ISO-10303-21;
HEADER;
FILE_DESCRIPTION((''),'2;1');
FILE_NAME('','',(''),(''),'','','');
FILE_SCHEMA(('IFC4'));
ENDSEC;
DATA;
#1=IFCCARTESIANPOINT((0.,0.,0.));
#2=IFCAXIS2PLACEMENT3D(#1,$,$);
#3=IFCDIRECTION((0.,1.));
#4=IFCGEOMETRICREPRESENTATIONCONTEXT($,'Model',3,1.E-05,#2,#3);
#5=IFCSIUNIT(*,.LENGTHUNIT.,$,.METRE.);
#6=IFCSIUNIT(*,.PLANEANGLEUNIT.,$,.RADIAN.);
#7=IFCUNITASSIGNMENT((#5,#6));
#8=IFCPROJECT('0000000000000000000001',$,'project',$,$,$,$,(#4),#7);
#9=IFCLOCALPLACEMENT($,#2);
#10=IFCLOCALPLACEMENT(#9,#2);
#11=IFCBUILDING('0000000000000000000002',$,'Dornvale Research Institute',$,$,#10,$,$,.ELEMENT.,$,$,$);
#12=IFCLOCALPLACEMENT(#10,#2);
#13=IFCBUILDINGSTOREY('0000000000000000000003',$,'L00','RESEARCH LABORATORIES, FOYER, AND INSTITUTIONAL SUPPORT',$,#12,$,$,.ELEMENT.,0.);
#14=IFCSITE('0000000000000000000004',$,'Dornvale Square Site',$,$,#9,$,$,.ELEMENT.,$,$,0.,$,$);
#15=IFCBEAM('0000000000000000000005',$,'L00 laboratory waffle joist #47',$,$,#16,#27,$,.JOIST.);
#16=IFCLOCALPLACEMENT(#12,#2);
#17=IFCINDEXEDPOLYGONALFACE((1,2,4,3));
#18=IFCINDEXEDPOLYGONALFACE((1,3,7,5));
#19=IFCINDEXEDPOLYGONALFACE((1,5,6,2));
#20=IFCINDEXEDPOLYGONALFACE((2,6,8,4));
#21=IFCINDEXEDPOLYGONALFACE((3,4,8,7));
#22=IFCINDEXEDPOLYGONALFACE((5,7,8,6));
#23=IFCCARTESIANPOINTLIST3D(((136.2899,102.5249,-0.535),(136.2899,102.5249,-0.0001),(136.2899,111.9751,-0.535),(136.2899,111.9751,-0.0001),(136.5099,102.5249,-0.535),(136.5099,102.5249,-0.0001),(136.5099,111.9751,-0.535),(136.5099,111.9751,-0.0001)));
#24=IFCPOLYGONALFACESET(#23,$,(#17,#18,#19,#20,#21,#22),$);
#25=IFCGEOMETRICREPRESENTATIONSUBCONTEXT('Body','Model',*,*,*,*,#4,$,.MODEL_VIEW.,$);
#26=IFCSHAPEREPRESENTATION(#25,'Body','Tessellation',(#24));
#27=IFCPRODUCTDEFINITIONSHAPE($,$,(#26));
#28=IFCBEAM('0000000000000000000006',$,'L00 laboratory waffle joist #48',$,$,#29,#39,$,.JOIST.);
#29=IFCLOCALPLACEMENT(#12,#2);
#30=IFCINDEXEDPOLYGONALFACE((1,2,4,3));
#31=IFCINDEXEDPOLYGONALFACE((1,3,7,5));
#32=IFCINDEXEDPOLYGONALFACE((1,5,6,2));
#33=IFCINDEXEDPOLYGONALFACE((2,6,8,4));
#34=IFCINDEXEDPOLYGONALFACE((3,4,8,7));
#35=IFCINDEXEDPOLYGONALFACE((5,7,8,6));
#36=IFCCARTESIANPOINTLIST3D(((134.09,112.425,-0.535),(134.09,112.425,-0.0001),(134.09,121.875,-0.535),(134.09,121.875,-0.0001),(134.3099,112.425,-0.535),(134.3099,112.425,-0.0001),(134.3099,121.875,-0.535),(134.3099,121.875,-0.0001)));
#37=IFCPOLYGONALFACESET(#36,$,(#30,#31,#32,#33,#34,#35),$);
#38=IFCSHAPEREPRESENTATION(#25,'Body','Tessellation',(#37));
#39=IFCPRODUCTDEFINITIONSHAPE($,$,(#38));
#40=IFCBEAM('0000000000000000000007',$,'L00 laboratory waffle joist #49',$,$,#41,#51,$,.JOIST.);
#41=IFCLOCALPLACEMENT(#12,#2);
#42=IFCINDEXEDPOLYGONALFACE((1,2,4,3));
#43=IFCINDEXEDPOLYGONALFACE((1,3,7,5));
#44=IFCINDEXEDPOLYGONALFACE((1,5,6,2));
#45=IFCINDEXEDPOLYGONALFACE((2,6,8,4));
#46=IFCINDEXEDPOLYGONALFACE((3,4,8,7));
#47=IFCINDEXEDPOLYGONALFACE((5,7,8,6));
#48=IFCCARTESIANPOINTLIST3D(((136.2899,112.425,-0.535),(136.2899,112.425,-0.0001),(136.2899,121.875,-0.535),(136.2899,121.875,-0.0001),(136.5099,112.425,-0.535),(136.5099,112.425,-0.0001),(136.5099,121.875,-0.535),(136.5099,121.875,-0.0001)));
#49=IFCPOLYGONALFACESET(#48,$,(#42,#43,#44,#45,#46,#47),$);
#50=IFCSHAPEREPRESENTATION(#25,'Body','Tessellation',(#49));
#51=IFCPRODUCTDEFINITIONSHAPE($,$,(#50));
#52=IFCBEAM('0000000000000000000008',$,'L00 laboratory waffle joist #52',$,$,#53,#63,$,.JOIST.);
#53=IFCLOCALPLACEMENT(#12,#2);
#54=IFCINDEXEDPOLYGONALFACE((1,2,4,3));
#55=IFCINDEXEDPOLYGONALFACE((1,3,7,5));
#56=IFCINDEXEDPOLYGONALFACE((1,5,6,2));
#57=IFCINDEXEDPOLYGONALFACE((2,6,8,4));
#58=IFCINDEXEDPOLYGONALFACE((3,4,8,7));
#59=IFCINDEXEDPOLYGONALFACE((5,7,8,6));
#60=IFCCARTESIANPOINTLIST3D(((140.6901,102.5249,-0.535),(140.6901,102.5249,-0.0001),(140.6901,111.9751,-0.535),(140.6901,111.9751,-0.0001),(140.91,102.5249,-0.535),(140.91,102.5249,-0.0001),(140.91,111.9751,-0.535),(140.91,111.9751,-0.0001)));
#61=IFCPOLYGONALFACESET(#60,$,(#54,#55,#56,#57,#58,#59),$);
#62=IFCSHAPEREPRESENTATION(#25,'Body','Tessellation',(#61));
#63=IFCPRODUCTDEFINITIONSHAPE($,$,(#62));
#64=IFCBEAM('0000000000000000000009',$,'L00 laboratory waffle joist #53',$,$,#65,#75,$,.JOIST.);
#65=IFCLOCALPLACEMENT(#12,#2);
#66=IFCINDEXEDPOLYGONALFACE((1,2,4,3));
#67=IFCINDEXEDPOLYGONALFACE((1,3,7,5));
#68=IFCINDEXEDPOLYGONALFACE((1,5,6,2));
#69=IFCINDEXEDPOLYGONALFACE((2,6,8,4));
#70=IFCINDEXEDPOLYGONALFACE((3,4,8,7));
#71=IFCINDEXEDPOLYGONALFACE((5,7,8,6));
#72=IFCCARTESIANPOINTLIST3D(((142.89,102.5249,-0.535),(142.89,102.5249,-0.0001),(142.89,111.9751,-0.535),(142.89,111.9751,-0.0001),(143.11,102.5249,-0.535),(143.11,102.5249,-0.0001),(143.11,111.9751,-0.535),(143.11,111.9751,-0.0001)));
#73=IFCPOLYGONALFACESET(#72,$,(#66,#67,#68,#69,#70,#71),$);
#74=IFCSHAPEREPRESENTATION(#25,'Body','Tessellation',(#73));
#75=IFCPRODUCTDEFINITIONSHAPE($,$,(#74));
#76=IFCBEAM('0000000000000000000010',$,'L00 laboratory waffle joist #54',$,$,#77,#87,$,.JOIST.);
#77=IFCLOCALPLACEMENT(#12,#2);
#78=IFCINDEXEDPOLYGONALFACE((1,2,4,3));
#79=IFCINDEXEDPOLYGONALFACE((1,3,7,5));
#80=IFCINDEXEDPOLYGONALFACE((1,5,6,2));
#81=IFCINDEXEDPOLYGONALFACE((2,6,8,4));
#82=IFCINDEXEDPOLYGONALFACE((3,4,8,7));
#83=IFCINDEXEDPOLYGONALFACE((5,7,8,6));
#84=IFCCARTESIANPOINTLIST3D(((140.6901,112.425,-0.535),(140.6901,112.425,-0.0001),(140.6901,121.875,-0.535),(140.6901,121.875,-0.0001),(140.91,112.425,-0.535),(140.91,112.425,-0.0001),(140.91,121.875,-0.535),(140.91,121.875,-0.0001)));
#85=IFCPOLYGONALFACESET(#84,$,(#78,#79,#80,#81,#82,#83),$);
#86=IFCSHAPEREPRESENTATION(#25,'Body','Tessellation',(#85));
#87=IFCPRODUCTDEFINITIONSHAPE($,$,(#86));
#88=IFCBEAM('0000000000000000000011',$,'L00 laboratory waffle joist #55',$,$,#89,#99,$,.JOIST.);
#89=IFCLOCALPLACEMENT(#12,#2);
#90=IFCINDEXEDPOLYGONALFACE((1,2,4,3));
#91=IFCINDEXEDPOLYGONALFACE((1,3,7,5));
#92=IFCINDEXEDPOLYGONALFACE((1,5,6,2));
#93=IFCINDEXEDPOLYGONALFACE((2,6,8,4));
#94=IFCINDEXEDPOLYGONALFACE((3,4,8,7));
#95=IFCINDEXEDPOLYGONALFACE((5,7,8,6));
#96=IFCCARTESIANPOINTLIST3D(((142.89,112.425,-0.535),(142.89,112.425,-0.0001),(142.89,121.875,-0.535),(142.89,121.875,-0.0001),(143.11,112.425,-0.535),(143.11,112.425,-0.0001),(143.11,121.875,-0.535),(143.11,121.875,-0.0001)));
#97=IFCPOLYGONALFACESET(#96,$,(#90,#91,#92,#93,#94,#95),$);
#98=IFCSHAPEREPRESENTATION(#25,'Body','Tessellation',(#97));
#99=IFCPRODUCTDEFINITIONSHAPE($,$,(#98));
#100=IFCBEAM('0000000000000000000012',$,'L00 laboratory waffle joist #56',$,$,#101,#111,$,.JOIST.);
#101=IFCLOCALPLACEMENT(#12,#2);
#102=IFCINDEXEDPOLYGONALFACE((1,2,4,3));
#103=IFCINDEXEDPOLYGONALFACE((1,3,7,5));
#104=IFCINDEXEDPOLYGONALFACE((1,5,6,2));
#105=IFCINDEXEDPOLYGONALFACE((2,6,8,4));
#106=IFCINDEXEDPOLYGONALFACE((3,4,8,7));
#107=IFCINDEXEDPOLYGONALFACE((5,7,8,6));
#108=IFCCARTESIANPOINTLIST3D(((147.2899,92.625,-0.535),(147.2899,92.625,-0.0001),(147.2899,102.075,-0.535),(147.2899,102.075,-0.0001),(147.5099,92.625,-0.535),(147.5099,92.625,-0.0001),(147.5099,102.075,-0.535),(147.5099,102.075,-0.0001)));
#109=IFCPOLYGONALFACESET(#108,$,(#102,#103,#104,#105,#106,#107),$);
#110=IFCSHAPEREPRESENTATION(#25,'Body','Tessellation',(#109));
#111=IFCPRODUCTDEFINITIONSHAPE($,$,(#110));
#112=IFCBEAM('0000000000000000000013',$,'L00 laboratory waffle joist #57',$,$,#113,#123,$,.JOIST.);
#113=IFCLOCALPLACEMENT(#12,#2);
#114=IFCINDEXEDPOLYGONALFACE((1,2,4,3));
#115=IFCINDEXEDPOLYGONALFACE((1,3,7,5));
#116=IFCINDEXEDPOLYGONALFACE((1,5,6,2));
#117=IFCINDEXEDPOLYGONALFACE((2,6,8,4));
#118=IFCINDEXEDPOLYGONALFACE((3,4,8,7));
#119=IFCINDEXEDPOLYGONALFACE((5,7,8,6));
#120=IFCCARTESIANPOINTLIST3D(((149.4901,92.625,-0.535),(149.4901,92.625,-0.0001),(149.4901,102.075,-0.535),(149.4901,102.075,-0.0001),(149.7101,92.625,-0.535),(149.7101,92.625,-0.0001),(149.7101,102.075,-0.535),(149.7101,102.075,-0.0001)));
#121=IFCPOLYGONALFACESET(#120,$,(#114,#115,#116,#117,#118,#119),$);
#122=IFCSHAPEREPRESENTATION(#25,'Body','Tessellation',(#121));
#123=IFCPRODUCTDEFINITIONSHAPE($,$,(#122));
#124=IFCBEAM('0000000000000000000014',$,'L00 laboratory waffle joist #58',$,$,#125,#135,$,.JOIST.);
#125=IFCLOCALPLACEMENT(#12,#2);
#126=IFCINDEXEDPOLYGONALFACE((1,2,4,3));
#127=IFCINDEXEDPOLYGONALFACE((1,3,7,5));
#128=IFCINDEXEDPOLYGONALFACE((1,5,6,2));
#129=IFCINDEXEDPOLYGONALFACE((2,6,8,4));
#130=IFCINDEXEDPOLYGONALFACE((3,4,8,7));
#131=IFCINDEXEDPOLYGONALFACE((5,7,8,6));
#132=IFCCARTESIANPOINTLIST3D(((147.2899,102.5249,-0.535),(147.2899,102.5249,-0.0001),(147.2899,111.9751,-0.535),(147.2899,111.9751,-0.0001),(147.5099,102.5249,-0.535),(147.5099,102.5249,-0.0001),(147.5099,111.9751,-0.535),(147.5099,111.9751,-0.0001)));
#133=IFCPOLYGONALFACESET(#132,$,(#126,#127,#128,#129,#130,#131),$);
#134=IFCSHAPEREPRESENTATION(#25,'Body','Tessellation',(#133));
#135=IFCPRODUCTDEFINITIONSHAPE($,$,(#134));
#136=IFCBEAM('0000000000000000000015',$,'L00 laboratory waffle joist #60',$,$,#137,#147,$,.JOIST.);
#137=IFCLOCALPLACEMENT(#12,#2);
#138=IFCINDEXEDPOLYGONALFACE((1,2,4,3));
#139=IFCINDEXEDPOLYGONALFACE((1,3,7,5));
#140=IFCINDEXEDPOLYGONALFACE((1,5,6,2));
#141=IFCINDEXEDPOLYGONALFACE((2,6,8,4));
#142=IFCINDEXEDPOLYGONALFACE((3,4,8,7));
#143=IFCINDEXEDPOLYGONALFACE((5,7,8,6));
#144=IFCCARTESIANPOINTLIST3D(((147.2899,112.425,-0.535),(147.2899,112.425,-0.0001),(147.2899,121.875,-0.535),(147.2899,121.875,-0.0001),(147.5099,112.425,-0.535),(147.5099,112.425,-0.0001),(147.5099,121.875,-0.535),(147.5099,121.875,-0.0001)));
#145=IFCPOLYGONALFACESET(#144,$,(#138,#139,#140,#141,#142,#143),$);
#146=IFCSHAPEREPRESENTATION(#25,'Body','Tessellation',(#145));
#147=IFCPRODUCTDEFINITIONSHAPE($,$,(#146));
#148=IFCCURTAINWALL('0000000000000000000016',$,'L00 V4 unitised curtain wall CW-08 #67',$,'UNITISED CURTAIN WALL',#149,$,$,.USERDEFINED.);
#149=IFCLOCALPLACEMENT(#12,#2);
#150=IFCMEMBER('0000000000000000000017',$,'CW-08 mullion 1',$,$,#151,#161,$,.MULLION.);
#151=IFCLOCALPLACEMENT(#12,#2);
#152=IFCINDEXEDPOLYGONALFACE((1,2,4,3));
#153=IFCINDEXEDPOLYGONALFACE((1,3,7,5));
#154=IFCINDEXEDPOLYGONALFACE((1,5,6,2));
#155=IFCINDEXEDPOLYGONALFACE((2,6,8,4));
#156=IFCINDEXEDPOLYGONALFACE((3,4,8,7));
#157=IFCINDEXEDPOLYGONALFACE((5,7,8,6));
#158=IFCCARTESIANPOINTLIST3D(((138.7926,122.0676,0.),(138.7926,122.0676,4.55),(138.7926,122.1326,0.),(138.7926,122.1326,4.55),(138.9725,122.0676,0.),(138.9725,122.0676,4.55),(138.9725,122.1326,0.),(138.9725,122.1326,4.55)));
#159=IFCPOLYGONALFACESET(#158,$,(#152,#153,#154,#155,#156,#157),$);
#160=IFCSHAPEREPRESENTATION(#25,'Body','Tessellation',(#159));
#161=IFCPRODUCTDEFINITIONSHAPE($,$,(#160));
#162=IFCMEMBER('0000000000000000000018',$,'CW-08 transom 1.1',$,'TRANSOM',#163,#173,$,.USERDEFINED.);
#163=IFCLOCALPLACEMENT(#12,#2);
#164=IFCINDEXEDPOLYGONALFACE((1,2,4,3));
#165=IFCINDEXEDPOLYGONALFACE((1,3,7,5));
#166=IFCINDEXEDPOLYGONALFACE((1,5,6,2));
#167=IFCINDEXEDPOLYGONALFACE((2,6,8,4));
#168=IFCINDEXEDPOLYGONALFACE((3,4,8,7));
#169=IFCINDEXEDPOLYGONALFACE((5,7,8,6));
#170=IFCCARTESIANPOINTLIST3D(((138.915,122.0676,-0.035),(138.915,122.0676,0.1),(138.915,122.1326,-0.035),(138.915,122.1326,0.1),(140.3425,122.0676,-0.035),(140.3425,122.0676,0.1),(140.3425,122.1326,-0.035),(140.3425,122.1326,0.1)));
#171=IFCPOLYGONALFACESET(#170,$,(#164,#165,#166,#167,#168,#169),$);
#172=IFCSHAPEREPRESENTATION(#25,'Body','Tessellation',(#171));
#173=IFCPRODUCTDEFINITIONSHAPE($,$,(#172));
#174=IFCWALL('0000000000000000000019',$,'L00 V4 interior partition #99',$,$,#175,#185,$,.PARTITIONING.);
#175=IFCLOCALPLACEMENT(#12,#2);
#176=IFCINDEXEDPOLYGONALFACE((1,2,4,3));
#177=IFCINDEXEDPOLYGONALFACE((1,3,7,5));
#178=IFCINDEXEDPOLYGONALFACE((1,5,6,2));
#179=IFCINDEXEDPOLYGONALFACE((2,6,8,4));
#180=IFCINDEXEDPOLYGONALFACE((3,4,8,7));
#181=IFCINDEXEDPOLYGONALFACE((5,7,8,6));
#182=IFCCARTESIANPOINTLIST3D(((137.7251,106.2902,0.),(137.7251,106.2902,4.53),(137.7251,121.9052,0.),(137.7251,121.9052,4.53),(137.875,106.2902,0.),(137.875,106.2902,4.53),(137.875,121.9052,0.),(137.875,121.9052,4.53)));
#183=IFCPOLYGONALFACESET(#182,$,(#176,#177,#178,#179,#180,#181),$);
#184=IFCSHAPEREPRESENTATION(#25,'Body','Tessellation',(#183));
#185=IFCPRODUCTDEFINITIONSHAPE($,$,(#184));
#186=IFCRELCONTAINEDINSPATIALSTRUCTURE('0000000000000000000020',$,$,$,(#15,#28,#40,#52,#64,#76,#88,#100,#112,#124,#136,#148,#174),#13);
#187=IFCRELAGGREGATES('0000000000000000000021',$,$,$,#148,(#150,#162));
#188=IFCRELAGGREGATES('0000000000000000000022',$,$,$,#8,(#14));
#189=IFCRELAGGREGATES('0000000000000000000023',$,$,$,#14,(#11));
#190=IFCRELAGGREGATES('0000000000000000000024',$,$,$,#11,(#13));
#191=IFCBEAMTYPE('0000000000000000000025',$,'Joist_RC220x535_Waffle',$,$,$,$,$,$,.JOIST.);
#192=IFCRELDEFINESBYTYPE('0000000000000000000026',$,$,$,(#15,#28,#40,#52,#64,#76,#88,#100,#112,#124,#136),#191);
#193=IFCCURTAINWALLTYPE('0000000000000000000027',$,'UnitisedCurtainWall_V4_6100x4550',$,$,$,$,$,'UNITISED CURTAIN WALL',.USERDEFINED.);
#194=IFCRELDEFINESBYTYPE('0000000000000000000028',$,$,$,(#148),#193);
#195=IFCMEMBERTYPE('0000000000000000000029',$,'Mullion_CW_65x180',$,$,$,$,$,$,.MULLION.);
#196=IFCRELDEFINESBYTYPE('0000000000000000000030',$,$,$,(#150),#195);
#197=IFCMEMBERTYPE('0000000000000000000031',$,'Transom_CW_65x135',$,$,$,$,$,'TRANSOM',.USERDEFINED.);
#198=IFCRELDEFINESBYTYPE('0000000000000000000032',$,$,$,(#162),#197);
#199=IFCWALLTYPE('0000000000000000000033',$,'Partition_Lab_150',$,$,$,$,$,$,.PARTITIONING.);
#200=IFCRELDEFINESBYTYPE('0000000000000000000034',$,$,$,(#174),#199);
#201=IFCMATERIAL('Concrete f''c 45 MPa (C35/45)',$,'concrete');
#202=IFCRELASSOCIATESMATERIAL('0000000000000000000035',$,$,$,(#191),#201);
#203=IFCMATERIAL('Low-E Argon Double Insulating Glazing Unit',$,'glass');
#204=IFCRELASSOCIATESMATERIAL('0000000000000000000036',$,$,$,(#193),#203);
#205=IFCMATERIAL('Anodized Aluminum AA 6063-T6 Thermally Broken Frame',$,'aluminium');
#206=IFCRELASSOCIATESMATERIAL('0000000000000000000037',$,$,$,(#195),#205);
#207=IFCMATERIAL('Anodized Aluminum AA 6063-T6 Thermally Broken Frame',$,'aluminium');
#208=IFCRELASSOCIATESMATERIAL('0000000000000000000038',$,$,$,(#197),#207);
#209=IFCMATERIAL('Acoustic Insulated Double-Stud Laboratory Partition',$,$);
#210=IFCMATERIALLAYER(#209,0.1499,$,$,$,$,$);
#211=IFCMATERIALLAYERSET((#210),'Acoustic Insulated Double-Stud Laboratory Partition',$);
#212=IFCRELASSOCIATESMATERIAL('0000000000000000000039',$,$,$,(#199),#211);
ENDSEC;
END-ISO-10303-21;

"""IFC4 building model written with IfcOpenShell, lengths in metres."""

from ifc_helpers import new_model, si_unit, direction, frame, frame_2d, origin, origin_2d, place, context, subcontext, project, spatial, rectangle, extrude, material, layer, layer_set, material_profile, profile_set, type_object, element, aggregate, save


model = new_model("IFC4")

# Units and contexts
model_context = context("Model", 3, precision=1e-05, world=origin(), true_north=direction((0.0, 1.0)))
body_context = subcontext(model_context, "Body", "Model", "MODEL_VIEW")
ifc_project = project(units=[si_unit("LENGTHUNIT", "METRE"), si_unit("PLANEANGLEUNIT", "RADIAN")], contexts=[model_context])

# Site, building, storey
site_placement = place(None, origin())
site = spatial("IfcSite", under=ifc_project, at=site_placement, Name="Dornvale Square Site", CompositionType="ELEMENT", RefElevation=0.0)
building_placement = place(site_placement, origin())
building = spatial("IfcBuilding", under=site, at=building_placement, Name="Dornvale Research Institute", CompositionType="ELEMENT")
storey_placement = place(building_placement, origin())
storey = spatial("IfcBuildingStorey", under=building, at=storey_placement, Name="L00", Description="RESEARCH LABORATORIES, FOYER, AND INSTITUTIONAL SUPPORT", CompositionType="ELEMENT", Elevation=0.0)

# Beams
ifc_material_1 = material(Name="Concrete f'c 45 MPa (C35/45)", Category="concrete")
ifc_material_profile_1 = material_profile(ifc_material_1, rectangle(XDim=0.22, YDim=0.5349, at=origin_2d()), Name="RC 220x535")
ifc_profile_set_1 = profile_set([ifc_material_profile_1], Name="Concrete f'c 45 MPa (C35/45)")
beam_type_1 = type_object("IfcBeamType", Name="Joist_RC220x535_Waffle", PredefinedType="JOIST", material=ifc_profile_set_1)
for number, where, z_axis, x_axis, name in (
    (1, (136.3999, 102.5249, -0.2676), (0.0, 1.0, 0.0), (-1.0, 0.0, 0.0), "L00 laboratory waffle joist #47"),
):
    element("IfcBeam", number, at=place(storey_placement, frame(where, z_axis=z_axis, x_axis=x_axis)), inside=storey, type_object=beam_type_1, Name=name, PredefinedType="JOIST", context=body_context, shape_type="SweptSolid", body=[
        extrude(rectangle(XDim=0.22, YDim=0.5349, at=origin_2d()), origin(), (0.0, 0.0, 1.0), 9.4502),
    ])
for number, where, z_axis, x_axis, name in (
    (2, (134.2, 112.425, -0.2676), (0.0, 1.0, 0.0), (-1.0, 0.0, 0.0), "L00 laboratory waffle joist #48"),
    (3, (136.3999, 112.425, -0.2676), (0.0, 1.0, 0.0), (-1.0, 0.0, 0.0), "L00 laboratory waffle joist #49"),
):
    element("IfcBeam", number, at=place(storey_placement, frame(where, z_axis=z_axis, x_axis=x_axis)), inside=storey, type_object=beam_type_1, Name=name, PredefinedType="JOIST", context=body_context, shape_type="SweptSolid", body=[
        extrude(rectangle(XDim=0.22, YDim=0.5349, at=origin_2d()), origin(), (0.0, 0.0, 1.0), 9.45),
    ])
for number, where, z_axis, x_axis, name in (
    (4, (140.8, 102.5249, -0.2676), (0.0, 1.0, 0.0), (-1.0, 0.0, 0.0), "L00 laboratory waffle joist #52"),
    (5, (143.0, 102.5249, -0.2676), (0.0, 1.0, 0.0), (-1.0, 0.0, 0.0), "L00 laboratory waffle joist #53"),
):
    element("IfcBeam", number, at=place(storey_placement, frame(where, z_axis=z_axis, x_axis=x_axis)), inside=storey, type_object=beam_type_1, Name=name, PredefinedType="JOIST", context=body_context, shape_type="SweptSolid", body=[
        extrude(rectangle(XDim=0.22, YDim=0.5349, at=origin_2d()), origin(), (0.0, 0.0, 1.0), 9.4502),
    ])
for number, where, z_axis, x_axis, name in (
    (6, (140.8, 112.425, -0.2676), (0.0, 1.0, 0.0), (-1.0, 0.0, 0.0), "L00 laboratory waffle joist #54"),
    (7, (143.0, 112.425, -0.2676), (0.0, 1.0, 0.0), (-1.0, 0.0, 0.0), "L00 laboratory waffle joist #55"),
    (8, (147.3999, 92.625, -0.2676), (0.0, 1.0, 0.0), (-1.0, 0.0, 0.0), "L00 laboratory waffle joist #56"),
    (9, (149.6001, 92.625, -0.2676), (0.0, 1.0, 0.0), (-1.0, 0.0, 0.0), "L00 laboratory waffle joist #57"),
):
    element("IfcBeam", number, at=place(storey_placement, frame(where, z_axis=z_axis, x_axis=x_axis)), inside=storey, type_object=beam_type_1, Name=name, PredefinedType="JOIST", context=body_context, shape_type="SweptSolid", body=[
        extrude(rectangle(XDim=0.22, YDim=0.5349, at=origin_2d()), origin(), (0.0, 0.0, 1.0), 9.45),
    ])
beam_1_placement = place(storey_placement, frame((147.3999, 102.5249, -0.2676), z_axis=(0.0, 1.0, 0.0), x_axis=(-1.0, 0.0, 0.0)))
element("IfcBeam", 10, at=beam_1_placement, inside=storey, type_object=beam_type_1, Name="L00 laboratory waffle joist #58", PredefinedType="JOIST", context=body_context, shape_type="SweptSolid", body=[
    extrude(rectangle(XDim=0.22, YDim=0.5349, at=origin_2d()), origin(), (0.0, 0.0, 1.0), 9.4502),
])
beam_2_placement = place(storey_placement, frame((147.3999, 112.425, -0.2676), z_axis=(0.0, 1.0, 0.0), x_axis=(-1.0, 0.0, 0.0)))
element("IfcBeam", 11, at=beam_2_placement, inside=storey, type_object=beam_type_1, Name="L00 laboratory waffle joist #60", PredefinedType="JOIST", context=body_context, shape_type="SweptSolid", body=[
    extrude(rectangle(XDim=0.22, YDim=0.5349, at=origin_2d()), origin(), (0.0, 0.0, 1.0), 9.45),
])

# Curtain wall, members
ifc_material_2 = material(Name="Low-E Argon Double Insulating Glazing Unit", Category="glass")
curtain_wall_type = type_object("IfcCurtainWallType", Name="UnitisedCurtainWall_V4_6100x4550", ElementType="UNITISED CURTAIN WALL", PredefinedType="USERDEFINED", material=ifc_material_2)
curtain_wall_placement = place(storey_placement, origin())
curtain_wall = element("IfcCurtainWall", 12, at=curtain_wall_placement, inside=storey, type_object=curtain_wall_type, Name="L00 V4 unitised curtain wall CW-08 #67", ObjectType="UNITISED CURTAIN WALL", PredefinedType="USERDEFINED")
ifc_material_3 = material(Name="Anodized Aluminum AA 6063-T6 Thermally Broken Frame", Category="aluminium")
ifc_material_profile_2 = material_profile(ifc_material_3, rectangle(XDim=0.0649, YDim=0.1799, at=origin_2d()), Name="ALU MULLION 65x180")
ifc_profile_set_2 = profile_set([ifc_material_profile_2], Name="Anodized Aluminum AA 6063-T6 Thermally Broken Frame")
member_type_1 = type_object("IfcMemberType", Name="Mullion_CW_65x180", PredefinedType="MULLION", material=ifc_profile_set_2)
member_1_placement = place(storey_placement, frame((138.8826, 122.1001, 0.0), z_axis=(0.0, 0.0, 1.0), x_axis=(0.0, 1.0, 0.0)))
member_1 = element("IfcMember", 13, at=member_1_placement, type_object=member_type_1, Name="CW-08 mullion 1", PredefinedType="MULLION", context=body_context, shape_type="SweptSolid", body=[
    extrude(rectangle(XDim=0.0649, YDim=0.1799, at=origin_2d()), origin(), (0.0, 0.0, 1.0), 4.55),
])
ifc_material_4 = material(Name="Anodized Aluminum AA 6063-T6 Thermally Broken Frame", Category="aluminium")
ifc_material_profile_3 = material_profile(ifc_material_4, rectangle(XDim=0.0649, YDim=0.135, at=origin_2d()), Name="ALU TRANSOM 65x135")
ifc_profile_set_3 = profile_set([ifc_material_profile_3], Name="Anodized Aluminum AA 6063-T6 Thermally Broken Frame")
member_type_2 = type_object("IfcMemberType", Name="Transom_CW_65x135", ElementType="TRANSOM", PredefinedType="USERDEFINED", material=ifc_profile_set_3)
member_2_placement = place(storey_placement, frame((138.915, 122.1001, 0.0325), z_axis=(1.0, 0.0, 0.0), x_axis=(0.0, 1.0, 0.0)))
member_2 = element("IfcMember", 14, at=member_2_placement, type_object=member_type_2, Name="CW-08 transom 1.1", ObjectType="TRANSOM", PredefinedType="USERDEFINED", context=body_context, shape_type="SweptSolid", body=[
    extrude(rectangle(XDim=0.0649, YDim=0.135, at=origin_2d()), origin(), (0.0, 0.0, 1.0), 1.4275),
])
aggregate(curtain_wall, [member_1, member_2])

# Wall
ifc_material_5 = material(Name="Acoustic Insulated Double-Stud Laboratory Partition")
ifc_layer_1 = layer(ifc_material_5, 0.1499)
ifc_layer_set_1 = layer_set([ifc_layer_1], Name="Acoustic Insulated Double-Stud Laboratory Partition")
wall_type_1 = type_object("IfcWallType", Name="Partition_Lab_150", PredefinedType="PARTITIONING", material=ifc_layer_set_1)
wall_1_placement = place(storey_placement, frame((137.8, 106.29, 0.0), z_axis=(0.0, 0.0, 1.0), x_axis=(0.0, 1.0, 0.0)))
element("IfcWall", 15, at=wall_1_placement, inside=storey, type_object=wall_type_1, Name="L00 V4 interior partition #99", PredefinedType="PARTITIONING", context=body_context, shape_type="SweptSolid", body=[
    extrude(rectangle(XDim=15.615, YDim=0.1499, at=frame_2d((7.8076, 0.0))), origin(), (0.0, 0.0, 1.0), 4.53),
])

save(model, "model.ifc")
